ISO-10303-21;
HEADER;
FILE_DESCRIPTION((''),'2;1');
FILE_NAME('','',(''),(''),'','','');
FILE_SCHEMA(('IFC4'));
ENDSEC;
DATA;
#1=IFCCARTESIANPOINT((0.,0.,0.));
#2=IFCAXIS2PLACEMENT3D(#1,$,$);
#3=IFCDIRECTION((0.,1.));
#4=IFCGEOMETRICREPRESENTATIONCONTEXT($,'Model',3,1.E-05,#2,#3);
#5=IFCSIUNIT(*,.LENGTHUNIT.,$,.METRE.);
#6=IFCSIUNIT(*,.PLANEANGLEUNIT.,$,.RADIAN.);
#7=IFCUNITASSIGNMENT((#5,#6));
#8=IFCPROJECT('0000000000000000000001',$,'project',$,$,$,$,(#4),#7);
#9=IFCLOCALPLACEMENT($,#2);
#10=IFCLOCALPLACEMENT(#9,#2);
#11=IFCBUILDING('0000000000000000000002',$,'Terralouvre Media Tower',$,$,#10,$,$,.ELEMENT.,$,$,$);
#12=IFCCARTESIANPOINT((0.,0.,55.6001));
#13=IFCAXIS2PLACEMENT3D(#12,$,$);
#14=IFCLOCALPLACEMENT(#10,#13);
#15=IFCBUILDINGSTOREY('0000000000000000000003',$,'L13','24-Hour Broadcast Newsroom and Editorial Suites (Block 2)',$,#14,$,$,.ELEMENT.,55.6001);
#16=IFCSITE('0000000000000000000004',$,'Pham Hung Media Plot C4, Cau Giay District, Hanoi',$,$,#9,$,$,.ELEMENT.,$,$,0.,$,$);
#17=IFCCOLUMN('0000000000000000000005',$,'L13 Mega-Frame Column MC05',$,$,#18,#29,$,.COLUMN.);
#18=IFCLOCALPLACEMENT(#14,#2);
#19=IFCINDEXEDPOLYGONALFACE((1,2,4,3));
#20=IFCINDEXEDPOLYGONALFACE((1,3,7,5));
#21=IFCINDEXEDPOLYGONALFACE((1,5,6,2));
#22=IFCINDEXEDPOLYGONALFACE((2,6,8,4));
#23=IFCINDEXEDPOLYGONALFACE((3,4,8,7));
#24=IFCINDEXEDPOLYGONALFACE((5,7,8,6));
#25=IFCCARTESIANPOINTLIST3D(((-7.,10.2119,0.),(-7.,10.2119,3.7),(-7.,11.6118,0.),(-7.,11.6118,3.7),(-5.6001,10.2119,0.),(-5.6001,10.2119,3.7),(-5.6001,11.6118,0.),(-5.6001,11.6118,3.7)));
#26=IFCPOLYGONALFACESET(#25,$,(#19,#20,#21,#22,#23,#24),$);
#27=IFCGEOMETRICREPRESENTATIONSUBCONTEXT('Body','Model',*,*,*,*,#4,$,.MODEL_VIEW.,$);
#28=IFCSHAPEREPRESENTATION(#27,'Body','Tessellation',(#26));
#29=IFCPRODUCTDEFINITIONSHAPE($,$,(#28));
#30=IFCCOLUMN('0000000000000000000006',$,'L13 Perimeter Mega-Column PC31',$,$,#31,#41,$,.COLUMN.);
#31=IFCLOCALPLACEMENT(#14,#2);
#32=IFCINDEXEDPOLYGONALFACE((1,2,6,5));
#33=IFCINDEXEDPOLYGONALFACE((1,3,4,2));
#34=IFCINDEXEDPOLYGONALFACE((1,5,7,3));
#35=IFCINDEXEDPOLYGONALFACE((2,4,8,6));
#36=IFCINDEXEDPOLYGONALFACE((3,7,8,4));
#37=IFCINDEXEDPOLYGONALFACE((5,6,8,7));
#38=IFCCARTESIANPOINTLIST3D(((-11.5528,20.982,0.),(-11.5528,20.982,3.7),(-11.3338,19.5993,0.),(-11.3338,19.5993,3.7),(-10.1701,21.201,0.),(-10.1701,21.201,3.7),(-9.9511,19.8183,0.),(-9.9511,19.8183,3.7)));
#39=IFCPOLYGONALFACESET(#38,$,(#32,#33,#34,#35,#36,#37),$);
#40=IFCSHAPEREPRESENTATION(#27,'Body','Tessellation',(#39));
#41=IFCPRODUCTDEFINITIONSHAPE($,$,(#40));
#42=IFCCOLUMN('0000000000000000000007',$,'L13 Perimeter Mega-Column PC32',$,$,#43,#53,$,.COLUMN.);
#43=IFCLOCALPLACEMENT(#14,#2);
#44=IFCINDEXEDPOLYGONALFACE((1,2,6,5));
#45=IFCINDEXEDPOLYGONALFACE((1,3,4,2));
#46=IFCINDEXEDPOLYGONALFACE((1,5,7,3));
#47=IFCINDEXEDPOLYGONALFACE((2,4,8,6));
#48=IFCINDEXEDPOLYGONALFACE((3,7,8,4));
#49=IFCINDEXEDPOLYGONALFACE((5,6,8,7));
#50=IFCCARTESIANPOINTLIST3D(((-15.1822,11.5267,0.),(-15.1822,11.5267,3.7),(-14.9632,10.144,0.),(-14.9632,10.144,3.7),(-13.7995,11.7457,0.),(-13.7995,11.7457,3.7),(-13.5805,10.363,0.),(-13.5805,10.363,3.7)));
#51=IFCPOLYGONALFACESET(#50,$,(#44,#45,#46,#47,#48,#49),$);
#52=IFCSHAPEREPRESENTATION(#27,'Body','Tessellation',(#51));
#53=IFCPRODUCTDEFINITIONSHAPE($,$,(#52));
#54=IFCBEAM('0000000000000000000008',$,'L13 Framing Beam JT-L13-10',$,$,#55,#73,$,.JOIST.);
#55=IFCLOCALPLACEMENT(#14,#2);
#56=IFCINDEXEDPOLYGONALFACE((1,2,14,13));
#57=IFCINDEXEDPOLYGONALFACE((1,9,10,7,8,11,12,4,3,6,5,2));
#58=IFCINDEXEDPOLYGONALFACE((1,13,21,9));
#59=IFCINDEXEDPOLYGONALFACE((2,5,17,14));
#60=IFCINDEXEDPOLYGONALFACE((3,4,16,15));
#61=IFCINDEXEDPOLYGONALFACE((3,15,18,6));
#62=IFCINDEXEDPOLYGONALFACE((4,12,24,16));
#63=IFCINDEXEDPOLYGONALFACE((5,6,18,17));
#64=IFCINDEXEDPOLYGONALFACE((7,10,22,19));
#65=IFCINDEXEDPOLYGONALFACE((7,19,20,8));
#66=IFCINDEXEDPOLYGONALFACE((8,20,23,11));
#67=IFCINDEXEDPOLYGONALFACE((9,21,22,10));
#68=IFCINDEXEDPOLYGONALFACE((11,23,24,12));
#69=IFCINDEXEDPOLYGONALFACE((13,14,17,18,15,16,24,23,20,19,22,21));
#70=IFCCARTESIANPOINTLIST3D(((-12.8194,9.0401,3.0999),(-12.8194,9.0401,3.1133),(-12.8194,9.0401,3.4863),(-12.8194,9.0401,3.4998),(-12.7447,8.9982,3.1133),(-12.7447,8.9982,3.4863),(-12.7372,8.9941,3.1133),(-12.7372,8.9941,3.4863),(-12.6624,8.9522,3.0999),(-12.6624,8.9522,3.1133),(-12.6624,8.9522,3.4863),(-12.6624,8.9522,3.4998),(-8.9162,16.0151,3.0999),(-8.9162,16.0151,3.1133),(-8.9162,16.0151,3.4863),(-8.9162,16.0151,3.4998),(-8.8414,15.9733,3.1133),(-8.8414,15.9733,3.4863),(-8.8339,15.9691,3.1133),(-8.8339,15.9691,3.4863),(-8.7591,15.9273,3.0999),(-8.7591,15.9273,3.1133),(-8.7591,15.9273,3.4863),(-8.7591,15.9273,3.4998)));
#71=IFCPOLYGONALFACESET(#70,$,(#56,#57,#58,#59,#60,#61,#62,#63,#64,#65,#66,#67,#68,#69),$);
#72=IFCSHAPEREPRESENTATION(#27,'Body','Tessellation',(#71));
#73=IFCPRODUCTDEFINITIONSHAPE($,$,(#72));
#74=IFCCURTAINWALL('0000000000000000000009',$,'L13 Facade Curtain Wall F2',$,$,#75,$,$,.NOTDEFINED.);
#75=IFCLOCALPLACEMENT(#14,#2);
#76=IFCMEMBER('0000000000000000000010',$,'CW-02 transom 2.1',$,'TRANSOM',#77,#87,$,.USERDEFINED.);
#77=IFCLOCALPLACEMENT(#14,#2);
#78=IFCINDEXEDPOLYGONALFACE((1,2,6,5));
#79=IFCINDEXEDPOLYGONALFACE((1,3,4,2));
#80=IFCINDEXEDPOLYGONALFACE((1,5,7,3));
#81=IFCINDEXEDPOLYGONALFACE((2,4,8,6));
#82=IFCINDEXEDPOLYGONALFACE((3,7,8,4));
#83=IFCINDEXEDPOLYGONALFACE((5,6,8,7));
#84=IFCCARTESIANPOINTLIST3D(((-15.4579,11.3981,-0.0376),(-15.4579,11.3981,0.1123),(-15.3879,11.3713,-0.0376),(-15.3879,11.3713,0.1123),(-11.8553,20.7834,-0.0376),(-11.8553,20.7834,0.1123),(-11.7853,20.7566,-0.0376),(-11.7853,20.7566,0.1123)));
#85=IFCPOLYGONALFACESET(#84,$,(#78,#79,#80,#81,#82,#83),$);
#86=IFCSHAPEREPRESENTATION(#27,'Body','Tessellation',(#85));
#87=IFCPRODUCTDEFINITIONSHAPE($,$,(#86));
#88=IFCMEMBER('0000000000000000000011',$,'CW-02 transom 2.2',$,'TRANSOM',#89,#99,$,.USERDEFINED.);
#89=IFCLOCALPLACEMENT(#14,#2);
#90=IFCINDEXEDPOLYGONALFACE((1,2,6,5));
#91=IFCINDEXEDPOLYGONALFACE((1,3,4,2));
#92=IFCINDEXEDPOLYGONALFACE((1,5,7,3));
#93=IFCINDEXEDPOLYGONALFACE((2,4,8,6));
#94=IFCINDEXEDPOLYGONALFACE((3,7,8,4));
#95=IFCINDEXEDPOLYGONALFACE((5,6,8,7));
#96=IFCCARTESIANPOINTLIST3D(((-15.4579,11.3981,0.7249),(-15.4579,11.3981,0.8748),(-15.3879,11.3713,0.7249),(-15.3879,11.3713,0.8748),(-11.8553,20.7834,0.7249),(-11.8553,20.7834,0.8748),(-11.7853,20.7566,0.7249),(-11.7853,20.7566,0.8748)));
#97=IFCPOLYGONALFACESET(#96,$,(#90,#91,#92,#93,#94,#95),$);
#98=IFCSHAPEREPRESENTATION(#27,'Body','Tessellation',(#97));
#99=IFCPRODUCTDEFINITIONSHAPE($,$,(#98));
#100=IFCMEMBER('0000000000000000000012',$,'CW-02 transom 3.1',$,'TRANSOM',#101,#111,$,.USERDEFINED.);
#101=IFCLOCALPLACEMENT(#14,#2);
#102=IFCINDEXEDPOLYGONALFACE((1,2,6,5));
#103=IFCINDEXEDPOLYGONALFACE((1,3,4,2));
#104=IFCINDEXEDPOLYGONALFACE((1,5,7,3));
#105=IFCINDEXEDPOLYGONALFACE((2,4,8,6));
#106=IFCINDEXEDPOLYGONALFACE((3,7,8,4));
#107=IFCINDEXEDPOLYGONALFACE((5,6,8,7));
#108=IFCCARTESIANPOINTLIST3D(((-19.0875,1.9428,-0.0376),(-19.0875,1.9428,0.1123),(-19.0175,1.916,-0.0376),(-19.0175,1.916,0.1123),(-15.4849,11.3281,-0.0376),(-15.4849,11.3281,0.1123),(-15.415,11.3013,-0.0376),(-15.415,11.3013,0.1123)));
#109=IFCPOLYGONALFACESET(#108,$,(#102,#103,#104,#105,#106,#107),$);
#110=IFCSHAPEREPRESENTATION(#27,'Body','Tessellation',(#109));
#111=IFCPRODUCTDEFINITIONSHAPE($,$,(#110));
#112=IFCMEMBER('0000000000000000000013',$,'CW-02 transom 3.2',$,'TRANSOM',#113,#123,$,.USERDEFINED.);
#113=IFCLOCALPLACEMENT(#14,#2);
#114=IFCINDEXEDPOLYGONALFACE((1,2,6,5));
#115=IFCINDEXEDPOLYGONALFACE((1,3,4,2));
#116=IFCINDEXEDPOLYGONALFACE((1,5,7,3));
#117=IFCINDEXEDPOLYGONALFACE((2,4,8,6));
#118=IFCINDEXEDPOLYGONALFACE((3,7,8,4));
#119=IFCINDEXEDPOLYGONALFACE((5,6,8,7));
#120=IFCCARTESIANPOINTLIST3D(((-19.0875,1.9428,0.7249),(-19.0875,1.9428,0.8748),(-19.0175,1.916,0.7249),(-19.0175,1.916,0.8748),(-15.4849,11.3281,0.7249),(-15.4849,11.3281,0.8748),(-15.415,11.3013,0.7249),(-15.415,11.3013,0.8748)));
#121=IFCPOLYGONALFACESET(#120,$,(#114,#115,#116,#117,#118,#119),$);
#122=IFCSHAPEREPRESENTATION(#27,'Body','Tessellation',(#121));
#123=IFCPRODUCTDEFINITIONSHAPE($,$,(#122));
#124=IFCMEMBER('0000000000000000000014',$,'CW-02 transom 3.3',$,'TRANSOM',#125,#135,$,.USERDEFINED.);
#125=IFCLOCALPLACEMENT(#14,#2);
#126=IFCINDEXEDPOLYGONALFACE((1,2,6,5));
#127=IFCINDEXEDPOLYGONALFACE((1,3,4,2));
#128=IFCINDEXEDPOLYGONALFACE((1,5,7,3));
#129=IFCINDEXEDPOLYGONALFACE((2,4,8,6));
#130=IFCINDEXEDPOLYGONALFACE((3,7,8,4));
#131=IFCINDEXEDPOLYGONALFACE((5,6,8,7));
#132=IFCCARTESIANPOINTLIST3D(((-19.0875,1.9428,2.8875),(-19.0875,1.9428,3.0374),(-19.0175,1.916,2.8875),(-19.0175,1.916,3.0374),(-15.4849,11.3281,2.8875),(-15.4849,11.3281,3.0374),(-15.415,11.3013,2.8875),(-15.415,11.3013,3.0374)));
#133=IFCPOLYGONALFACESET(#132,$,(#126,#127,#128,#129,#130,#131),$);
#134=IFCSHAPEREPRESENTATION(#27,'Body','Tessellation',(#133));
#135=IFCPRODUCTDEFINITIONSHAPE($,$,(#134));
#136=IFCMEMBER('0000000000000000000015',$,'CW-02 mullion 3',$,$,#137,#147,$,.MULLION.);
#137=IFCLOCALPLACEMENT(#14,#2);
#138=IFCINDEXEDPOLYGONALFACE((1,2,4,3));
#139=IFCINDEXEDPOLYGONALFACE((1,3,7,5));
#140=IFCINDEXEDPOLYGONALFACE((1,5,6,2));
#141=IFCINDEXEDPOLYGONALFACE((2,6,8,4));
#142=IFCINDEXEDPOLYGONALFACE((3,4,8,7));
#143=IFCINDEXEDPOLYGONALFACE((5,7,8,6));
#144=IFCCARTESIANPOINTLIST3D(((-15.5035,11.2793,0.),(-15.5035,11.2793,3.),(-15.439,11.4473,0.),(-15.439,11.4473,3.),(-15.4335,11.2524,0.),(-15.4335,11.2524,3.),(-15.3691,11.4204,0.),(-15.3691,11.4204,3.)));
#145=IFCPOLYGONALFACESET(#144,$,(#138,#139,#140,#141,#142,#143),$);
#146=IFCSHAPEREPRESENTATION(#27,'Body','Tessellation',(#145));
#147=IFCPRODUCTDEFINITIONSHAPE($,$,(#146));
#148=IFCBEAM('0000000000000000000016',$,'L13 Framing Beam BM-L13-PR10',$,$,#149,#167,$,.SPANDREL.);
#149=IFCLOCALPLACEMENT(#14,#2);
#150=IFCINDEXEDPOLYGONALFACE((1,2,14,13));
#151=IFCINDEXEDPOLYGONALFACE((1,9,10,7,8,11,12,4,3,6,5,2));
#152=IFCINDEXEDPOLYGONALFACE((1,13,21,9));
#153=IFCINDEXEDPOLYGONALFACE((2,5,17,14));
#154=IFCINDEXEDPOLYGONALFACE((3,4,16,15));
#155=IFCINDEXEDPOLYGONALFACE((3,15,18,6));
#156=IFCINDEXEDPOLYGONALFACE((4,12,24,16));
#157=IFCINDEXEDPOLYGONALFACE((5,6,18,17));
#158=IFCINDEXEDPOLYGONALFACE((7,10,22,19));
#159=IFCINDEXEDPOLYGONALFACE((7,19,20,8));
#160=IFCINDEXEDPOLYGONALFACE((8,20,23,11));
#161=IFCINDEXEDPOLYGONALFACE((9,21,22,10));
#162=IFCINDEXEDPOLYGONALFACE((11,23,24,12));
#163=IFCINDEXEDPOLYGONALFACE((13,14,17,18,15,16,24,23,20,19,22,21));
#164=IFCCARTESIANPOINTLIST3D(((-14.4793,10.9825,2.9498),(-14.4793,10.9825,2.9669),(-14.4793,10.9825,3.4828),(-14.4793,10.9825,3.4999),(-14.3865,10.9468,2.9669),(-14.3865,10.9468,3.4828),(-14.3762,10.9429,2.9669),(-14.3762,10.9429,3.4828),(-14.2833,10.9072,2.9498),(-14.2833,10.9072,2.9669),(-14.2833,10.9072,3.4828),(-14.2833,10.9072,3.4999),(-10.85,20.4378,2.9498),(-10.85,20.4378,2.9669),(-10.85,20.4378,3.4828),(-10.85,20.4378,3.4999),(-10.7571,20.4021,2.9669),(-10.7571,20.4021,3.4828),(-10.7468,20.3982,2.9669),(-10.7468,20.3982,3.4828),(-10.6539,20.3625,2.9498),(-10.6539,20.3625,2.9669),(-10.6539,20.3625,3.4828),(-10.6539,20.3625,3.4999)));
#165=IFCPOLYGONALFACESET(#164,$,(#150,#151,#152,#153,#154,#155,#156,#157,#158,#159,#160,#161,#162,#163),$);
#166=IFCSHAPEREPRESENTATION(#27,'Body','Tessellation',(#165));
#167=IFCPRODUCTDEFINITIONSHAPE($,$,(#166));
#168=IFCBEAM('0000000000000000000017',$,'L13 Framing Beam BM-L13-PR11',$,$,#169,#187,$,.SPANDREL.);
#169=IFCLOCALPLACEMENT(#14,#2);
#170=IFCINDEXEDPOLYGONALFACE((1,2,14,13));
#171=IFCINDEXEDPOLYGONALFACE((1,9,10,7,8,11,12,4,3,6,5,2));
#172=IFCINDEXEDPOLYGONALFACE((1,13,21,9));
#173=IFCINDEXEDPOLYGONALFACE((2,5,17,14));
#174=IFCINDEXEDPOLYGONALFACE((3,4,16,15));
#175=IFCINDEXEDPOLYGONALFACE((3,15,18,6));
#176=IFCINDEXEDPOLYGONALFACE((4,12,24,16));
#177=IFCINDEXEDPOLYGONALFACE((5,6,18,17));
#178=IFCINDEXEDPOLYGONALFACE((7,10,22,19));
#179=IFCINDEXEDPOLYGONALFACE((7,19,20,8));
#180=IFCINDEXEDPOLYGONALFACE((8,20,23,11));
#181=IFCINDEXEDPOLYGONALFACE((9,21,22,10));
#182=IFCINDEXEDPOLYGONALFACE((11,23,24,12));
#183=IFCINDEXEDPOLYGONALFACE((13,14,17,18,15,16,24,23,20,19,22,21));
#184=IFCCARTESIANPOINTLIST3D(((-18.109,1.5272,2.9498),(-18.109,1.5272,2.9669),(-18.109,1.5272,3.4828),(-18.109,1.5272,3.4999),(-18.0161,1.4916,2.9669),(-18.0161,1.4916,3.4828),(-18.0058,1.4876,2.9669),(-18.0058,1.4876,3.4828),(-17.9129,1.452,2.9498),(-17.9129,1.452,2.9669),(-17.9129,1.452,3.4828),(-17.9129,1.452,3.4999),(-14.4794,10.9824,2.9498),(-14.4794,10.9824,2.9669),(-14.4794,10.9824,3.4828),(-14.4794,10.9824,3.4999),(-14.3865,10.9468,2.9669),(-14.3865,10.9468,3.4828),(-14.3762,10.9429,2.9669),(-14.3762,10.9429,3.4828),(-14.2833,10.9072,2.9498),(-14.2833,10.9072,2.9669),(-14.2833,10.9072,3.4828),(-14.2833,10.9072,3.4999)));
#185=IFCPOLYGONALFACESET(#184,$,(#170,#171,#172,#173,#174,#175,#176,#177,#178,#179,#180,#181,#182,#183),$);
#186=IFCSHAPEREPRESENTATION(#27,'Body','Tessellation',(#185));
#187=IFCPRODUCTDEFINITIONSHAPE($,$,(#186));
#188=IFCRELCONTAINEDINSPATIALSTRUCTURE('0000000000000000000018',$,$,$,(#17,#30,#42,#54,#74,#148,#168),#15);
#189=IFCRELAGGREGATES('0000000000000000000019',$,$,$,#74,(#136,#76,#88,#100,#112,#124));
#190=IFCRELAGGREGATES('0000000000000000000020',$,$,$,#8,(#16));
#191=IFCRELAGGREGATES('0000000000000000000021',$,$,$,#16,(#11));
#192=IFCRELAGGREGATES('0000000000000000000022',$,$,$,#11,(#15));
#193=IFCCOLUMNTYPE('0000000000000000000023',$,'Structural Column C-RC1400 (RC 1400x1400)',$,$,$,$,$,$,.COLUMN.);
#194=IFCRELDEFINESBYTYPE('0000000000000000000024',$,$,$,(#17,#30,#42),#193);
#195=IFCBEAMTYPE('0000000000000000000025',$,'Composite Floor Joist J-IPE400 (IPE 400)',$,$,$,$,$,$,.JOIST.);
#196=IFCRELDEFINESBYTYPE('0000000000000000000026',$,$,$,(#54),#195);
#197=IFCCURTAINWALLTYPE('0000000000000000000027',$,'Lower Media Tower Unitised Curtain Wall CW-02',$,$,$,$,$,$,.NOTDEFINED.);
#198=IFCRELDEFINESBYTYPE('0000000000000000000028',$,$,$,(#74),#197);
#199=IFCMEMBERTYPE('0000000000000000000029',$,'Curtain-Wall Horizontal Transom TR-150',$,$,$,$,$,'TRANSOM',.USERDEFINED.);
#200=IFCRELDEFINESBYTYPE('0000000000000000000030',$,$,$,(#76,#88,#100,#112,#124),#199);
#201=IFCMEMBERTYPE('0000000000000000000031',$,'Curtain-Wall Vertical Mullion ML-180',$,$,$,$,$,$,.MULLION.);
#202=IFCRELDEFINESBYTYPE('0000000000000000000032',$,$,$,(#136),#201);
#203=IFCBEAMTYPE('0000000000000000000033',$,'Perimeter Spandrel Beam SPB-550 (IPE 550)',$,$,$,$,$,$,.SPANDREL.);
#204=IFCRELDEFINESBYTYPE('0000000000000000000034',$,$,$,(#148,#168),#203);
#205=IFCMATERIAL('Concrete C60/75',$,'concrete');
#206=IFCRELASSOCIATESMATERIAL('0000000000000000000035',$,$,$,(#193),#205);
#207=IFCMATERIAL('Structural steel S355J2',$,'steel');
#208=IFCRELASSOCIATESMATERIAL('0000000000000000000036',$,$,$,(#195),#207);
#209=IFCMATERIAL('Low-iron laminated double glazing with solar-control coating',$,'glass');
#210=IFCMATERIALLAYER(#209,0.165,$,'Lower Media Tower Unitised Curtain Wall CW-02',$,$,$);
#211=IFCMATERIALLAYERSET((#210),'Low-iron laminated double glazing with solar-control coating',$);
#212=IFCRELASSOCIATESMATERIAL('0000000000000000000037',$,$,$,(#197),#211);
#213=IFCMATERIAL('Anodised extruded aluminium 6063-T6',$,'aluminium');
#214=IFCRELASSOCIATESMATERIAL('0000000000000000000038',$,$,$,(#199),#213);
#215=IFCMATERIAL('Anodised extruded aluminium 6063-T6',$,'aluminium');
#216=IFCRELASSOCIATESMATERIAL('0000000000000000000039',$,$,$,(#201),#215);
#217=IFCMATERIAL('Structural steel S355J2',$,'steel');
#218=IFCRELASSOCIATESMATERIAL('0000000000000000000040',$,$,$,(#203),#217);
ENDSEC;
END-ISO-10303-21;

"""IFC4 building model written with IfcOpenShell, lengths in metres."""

from ifc_helpers import new_model, si_unit, direction, frame, origin, origin_2d, place, context, subcontext, project, spatial, rectangle, i_section, extrude, material, layer, layer_set, material_profile, profile_set, type_object, element, aggregate, save


model = new_model("IFC4")

# Units and contexts
model_context = context("Model", 3, precision=1e-05, world=origin(), true_north=direction((0.0, 1.0)))
body_context = subcontext(model_context, "Body", "Model", "MODEL_VIEW")
ifc_project = project(units=[si_unit("LENGTHUNIT", "METRE"), si_unit("PLANEANGLEUNIT", "RADIAN")], contexts=[model_context])

# Site, building, storey
site_placement = place(None, origin())
site = spatial("IfcSite", under=ifc_project, at=site_placement, Name="Pham Hung Media Plot C4, Cau Giay District, Hanoi", CompositionType="ELEMENT", RefElevation=0.0)
building_placement = place(site_placement, origin())
building = spatial("IfcBuilding", under=site, at=building_placement, Name="Terralouvre Media Tower", CompositionType="ELEMENT")
storey_placement = place(building_placement, frame((0.0, 0.0, 55.6001)))
storey = spatial("IfcBuildingStorey", under=building, at=storey_placement, Name="L13", Description="24-Hour Broadcast Newsroom and Editorial Suites (Block 2)", CompositionType="ELEMENT", Elevation=55.6001)

# Columns
ifc_material_1 = material(Name="Concrete C60/75", Category="concrete")
ifc_material_profile_1 = material_profile(ifc_material_1, rectangle(XDim=1.3999, YDim=1.3999, at=origin_2d()), Name="RC 1400x1400")
ifc_profile_set_1 = profile_set([ifc_material_profile_1], Name="Concrete C60/75")
column_type = type_object("IfcColumnType", Name="Structural Column C-RC1400 (RC 1400x1400)", PredefinedType="COLUMN", material=ifc_profile_set_1)
for number, where, z_axis, x_axis, name in (
    (1, (-6.3, 10.9119, 0.0), (0.0, 0.0, 1.0), (1.0, 0.0, 0.0), "L13 Mega-Frame Column MC05"),
    (2, (-10.752, 20.4001, 0.0), (0.0, 0.0, 1.0), (0.987688, 0.156434, 0.0), "L13 Perimeter Mega-Column PC31"),
    (3, (-14.3813, 10.9448, 0.0), (0.0, 0.0, 1.0), (0.987688, 0.156434, 0.0), "L13 Perimeter Mega-Column PC32"),
):
    element("IfcColumn", number, at=place(storey_placement, frame(where, z_axis=z_axis, x_axis=x_axis)), inside=storey, type_object=column_type, Name=name, PredefinedType="COLUMN", context=body_context, shape_type="SweptSolid", body=[
        extrude(rectangle(XDim=1.3999, YDim=1.3999, at=origin_2d()), origin(), (0.0, 0.0, 1.0), 3.7),
    ])

# Beam
ifc_material_2 = material(Name="Structural steel S355J2", Category="steel")
ifc_material_profile_2 = material_profile(ifc_material_2, i_section(OverallWidth=0.1799, OverallDepth=0.3999, WebThickness=0.0085, FlangeThickness=0.0134, at=origin_2d()), Name="IPE 400")
ifc_profile_set_2 = profile_set([ifc_material_profile_2], Name="Structural steel S355J2")
beam_type_1 = type_object("IfcBeamType", Name="Composite Floor Joist J-IPE400 (IPE 400)", PredefinedType="JOIST", material=ifc_profile_set_2)
beam_1_placement = place(storey_placement, frame((-8.8376, 15.9712, 3.2998), z_axis=(-0.488343, -0.872652, 0.0), x_axis=(0.872652, -0.488343, 0.0)))
element("IfcBeam", 4, at=beam_1_placement, inside=storey, type_object=beam_type_1, Name="L13 Framing Beam JT-L13-10", PredefinedType="JOIST", context=body_context, shape_type="SweptSolid", body=[
    extrude(i_section(OverallWidth=0.1799, OverallDepth=0.3999, WebThickness=0.0085, FlangeThickness=0.0134, at=origin_2d()), origin(), (0.0, 0.0, 1.0), 7.9929),
])

# Curtain wall, members
ifc_material_3 = material(Name="Low-iron laminated double glazing with solar-control coating", Category="glass")
ifc_layer_1 = layer(ifc_material_3, 0.165, Name="Lower Media Tower Unitised Curtain Wall CW-02")
ifc_layer_set_1 = layer_set([ifc_layer_1], Name="Low-iron laminated double glazing with solar-control coating")
curtain_wall_type = type_object("IfcCurtainWallType", Name="Lower Media Tower Unitised Curtain Wall CW-02", PredefinedType="NOTDEFINED", material=ifc_layer_set_1)
curtain_wall_placement = place(storey_placement, origin())
curtain_wall = element("IfcCurtainWall", 5, at=curtain_wall_placement, inside=storey, type_object=curtain_wall_type, Name="L13 Facade Curtain Wall F2", PredefinedType="NOTDEFINED")
ifc_material_4 = material(Name="Anodised extruded aluminium 6063-T6", Category="aluminium")
ifc_material_profile_3 = material_profile(ifc_material_4, rectangle(XDim=0.075, YDim=0.1499, at=origin_2d()), Name="ALU 75x150")
ifc_profile_set_3 = profile_set([ifc_material_profile_3], Name="Anodised extruded aluminium 6063-T6")
member_type_1 = type_object("IfcMemberType", Name="Curtain-Wall Horizontal Transom TR-150", ElementType="TRANSOM", PredefinedType="USERDEFINED", material=ifc_profile_set_3)
member_1_placement = place(storey_placement, frame((-11.8203, 20.77, 0.0374), z_axis=(-0.358357, -0.933584, 0.0), x_axis=(0.933584, -0.358357, 0.0)))
member_1 = element("IfcMember", 6, at=member_1_placement, type_object=member_type_1, Name="CW-02 transom 2.1", ObjectType="TRANSOM", PredefinedType="USERDEFINED", context=body_context, shape_type="SweptSolid", body=[
    extrude(rectangle(XDim=0.075, YDim=0.1499, at=origin_2d()), origin(), (0.0, 0.0, 1.0), 10.053),
])
member_2_placement = place(storey_placement, frame((-11.8203, 20.77, 0.7998), z_axis=(-0.358357, -0.933584, 0.0), x_axis=(0.933584, -0.358357, 0.0)))
member_2 = element("IfcMember", 7, at=member_2_placement, type_object=member_type_1, Name="CW-02 transom 2.2", ObjectType="TRANSOM", PredefinedType="USERDEFINED", context=body_context, shape_type="SweptSolid", body=[
    extrude(rectangle(XDim=0.075, YDim=0.1499, at=origin_2d()), origin(), (0.0, 0.0, 1.0), 10.053),
])
member_3_placement = place(storey_placement, frame((-15.45, 11.3147, 0.0374), z_axis=(-0.358357, -0.933584, 0.0), x_axis=(0.933584, -0.358357, 0.0)))
member_3 = element("IfcMember", 8, at=member_3_placement, type_object=member_type_1, Name="CW-02 transom 3.1", ObjectType="TRANSOM", PredefinedType="USERDEFINED", context=body_context, shape_type="SweptSolid", body=[
    extrude(rectangle(XDim=0.075, YDim=0.1499, at=origin_2d()), origin(), (0.0, 0.0, 1.0), 10.053),
])
member_4_placement = place(storey_placement, frame((-15.45, 11.3147, 0.7998), z_axis=(-0.358357, -0.933584, 0.0), x_axis=(0.933584, -0.358357, 0.0)))
member_4 = element("IfcMember", 9, at=member_4_placement, type_object=member_type_1, Name="CW-02 transom 3.2", ObjectType="TRANSOM", PredefinedType="USERDEFINED", context=body_context, shape_type="SweptSolid", body=[
    extrude(rectangle(XDim=0.075, YDim=0.1499, at=origin_2d()), origin(), (0.0, 0.0, 1.0), 10.053),
])
member_5_placement = place(storey_placement, frame((-15.45, 11.3147, 2.9624), z_axis=(-0.358357, -0.933584, 0.0), x_axis=(0.933584, -0.358357, 0.0)))
member_5 = element("IfcMember", 10, at=member_5_placement, type_object=member_type_1, Name="CW-02 transom 3.3", ObjectType="TRANSOM", PredefinedType="USERDEFINED", context=body_context, shape_type="SweptSolid", body=[
    extrude(rectangle(XDim=0.075, YDim=0.1499, at=origin_2d()), origin(), (0.0, 0.0, 1.0), 10.053),
])
ifc_material_5 = material(Name="Anodised extruded aluminium 6063-T6", Category="aluminium")
ifc_material_profile_4 = material_profile(ifc_material_5, rectangle(XDim=0.075, YDim=0.1799, at=origin_2d()), Name="ALU 75x180")
ifc_profile_set_4 = profile_set([ifc_material_profile_4], Name="Anodised extruded aluminium 6063-T6")
member_type_2 = type_object("IfcMemberType", Name="Curtain-Wall Vertical Mullion ML-180", PredefinedType="MULLION", material=ifc_profile_set_4)
member_6_placement = place(storey_placement, frame((-15.4363, 11.3499, 0.0), z_axis=(0.0, 0.0, 1.0), x_axis=(0.93358, -0.358368, 0.0)))
member_6 = element("IfcMember", 11, at=member_6_placement, type_object=member_type_2, Name="CW-02 mullion 3", PredefinedType="MULLION", context=body_context, shape_type="SweptSolid", body=[
    extrude(rectangle(XDim=0.075, YDim=0.1799, at=origin_2d()), origin(), (0.0, 0.0, 1.0), 3.0),
])

# Beams
ifc_material_6 = material(Name="Structural steel S355J2", Category="steel")
ifc_material_profile_5 = material_profile(ifc_material_6, i_section(OverallWidth=0.21, OverallDepth=0.55, WebThickness=0.011, FlangeThickness=0.0171, at=origin_2d()), Name="IPE 550")
ifc_profile_set_5 = profile_set([ifc_material_profile_5], Name="Structural steel S355J2")
beam_type_2 = type_object("IfcBeamType", Name="Perimeter Spandrel Beam SPB-550 (IPE 550)", PredefinedType="SPANDREL", material=ifc_profile_set_5)
for number, where, z_axis, x_axis, name in (
    (12, (-10.752, 20.4001, 3.2249), (-0.358354, -0.933586, 0.0), (0.933586, -0.358354, 0.0), "L13 Framing Beam BM-L13-PR10"),
    (13, (-14.3813, 10.9448, 3.2249), (-0.358375, -0.933578, 0.0), (0.933578, -0.358375, 0.0), "L13 Framing Beam BM-L13-PR11"),
):
    element("IfcBeam", number, at=place(storey_placement, frame(where, z_axis=z_axis, x_axis=x_axis)), inside=storey, type_object=beam_type_2, Name=name, PredefinedType="SPANDREL", context=body_context, shape_type="SweptSolid", body=[
        extrude(i_section(OverallWidth=0.21, OverallDepth=0.55, WebThickness=0.011, FlangeThickness=0.0171, at=origin_2d()), origin(), (0.0, 0.0, 1.0), 10.1279),
    ])

aggregate(curtain_wall, [member_6, member_1, member_2, member_3, member_4, member_5])

save(model, "model.ifc")
